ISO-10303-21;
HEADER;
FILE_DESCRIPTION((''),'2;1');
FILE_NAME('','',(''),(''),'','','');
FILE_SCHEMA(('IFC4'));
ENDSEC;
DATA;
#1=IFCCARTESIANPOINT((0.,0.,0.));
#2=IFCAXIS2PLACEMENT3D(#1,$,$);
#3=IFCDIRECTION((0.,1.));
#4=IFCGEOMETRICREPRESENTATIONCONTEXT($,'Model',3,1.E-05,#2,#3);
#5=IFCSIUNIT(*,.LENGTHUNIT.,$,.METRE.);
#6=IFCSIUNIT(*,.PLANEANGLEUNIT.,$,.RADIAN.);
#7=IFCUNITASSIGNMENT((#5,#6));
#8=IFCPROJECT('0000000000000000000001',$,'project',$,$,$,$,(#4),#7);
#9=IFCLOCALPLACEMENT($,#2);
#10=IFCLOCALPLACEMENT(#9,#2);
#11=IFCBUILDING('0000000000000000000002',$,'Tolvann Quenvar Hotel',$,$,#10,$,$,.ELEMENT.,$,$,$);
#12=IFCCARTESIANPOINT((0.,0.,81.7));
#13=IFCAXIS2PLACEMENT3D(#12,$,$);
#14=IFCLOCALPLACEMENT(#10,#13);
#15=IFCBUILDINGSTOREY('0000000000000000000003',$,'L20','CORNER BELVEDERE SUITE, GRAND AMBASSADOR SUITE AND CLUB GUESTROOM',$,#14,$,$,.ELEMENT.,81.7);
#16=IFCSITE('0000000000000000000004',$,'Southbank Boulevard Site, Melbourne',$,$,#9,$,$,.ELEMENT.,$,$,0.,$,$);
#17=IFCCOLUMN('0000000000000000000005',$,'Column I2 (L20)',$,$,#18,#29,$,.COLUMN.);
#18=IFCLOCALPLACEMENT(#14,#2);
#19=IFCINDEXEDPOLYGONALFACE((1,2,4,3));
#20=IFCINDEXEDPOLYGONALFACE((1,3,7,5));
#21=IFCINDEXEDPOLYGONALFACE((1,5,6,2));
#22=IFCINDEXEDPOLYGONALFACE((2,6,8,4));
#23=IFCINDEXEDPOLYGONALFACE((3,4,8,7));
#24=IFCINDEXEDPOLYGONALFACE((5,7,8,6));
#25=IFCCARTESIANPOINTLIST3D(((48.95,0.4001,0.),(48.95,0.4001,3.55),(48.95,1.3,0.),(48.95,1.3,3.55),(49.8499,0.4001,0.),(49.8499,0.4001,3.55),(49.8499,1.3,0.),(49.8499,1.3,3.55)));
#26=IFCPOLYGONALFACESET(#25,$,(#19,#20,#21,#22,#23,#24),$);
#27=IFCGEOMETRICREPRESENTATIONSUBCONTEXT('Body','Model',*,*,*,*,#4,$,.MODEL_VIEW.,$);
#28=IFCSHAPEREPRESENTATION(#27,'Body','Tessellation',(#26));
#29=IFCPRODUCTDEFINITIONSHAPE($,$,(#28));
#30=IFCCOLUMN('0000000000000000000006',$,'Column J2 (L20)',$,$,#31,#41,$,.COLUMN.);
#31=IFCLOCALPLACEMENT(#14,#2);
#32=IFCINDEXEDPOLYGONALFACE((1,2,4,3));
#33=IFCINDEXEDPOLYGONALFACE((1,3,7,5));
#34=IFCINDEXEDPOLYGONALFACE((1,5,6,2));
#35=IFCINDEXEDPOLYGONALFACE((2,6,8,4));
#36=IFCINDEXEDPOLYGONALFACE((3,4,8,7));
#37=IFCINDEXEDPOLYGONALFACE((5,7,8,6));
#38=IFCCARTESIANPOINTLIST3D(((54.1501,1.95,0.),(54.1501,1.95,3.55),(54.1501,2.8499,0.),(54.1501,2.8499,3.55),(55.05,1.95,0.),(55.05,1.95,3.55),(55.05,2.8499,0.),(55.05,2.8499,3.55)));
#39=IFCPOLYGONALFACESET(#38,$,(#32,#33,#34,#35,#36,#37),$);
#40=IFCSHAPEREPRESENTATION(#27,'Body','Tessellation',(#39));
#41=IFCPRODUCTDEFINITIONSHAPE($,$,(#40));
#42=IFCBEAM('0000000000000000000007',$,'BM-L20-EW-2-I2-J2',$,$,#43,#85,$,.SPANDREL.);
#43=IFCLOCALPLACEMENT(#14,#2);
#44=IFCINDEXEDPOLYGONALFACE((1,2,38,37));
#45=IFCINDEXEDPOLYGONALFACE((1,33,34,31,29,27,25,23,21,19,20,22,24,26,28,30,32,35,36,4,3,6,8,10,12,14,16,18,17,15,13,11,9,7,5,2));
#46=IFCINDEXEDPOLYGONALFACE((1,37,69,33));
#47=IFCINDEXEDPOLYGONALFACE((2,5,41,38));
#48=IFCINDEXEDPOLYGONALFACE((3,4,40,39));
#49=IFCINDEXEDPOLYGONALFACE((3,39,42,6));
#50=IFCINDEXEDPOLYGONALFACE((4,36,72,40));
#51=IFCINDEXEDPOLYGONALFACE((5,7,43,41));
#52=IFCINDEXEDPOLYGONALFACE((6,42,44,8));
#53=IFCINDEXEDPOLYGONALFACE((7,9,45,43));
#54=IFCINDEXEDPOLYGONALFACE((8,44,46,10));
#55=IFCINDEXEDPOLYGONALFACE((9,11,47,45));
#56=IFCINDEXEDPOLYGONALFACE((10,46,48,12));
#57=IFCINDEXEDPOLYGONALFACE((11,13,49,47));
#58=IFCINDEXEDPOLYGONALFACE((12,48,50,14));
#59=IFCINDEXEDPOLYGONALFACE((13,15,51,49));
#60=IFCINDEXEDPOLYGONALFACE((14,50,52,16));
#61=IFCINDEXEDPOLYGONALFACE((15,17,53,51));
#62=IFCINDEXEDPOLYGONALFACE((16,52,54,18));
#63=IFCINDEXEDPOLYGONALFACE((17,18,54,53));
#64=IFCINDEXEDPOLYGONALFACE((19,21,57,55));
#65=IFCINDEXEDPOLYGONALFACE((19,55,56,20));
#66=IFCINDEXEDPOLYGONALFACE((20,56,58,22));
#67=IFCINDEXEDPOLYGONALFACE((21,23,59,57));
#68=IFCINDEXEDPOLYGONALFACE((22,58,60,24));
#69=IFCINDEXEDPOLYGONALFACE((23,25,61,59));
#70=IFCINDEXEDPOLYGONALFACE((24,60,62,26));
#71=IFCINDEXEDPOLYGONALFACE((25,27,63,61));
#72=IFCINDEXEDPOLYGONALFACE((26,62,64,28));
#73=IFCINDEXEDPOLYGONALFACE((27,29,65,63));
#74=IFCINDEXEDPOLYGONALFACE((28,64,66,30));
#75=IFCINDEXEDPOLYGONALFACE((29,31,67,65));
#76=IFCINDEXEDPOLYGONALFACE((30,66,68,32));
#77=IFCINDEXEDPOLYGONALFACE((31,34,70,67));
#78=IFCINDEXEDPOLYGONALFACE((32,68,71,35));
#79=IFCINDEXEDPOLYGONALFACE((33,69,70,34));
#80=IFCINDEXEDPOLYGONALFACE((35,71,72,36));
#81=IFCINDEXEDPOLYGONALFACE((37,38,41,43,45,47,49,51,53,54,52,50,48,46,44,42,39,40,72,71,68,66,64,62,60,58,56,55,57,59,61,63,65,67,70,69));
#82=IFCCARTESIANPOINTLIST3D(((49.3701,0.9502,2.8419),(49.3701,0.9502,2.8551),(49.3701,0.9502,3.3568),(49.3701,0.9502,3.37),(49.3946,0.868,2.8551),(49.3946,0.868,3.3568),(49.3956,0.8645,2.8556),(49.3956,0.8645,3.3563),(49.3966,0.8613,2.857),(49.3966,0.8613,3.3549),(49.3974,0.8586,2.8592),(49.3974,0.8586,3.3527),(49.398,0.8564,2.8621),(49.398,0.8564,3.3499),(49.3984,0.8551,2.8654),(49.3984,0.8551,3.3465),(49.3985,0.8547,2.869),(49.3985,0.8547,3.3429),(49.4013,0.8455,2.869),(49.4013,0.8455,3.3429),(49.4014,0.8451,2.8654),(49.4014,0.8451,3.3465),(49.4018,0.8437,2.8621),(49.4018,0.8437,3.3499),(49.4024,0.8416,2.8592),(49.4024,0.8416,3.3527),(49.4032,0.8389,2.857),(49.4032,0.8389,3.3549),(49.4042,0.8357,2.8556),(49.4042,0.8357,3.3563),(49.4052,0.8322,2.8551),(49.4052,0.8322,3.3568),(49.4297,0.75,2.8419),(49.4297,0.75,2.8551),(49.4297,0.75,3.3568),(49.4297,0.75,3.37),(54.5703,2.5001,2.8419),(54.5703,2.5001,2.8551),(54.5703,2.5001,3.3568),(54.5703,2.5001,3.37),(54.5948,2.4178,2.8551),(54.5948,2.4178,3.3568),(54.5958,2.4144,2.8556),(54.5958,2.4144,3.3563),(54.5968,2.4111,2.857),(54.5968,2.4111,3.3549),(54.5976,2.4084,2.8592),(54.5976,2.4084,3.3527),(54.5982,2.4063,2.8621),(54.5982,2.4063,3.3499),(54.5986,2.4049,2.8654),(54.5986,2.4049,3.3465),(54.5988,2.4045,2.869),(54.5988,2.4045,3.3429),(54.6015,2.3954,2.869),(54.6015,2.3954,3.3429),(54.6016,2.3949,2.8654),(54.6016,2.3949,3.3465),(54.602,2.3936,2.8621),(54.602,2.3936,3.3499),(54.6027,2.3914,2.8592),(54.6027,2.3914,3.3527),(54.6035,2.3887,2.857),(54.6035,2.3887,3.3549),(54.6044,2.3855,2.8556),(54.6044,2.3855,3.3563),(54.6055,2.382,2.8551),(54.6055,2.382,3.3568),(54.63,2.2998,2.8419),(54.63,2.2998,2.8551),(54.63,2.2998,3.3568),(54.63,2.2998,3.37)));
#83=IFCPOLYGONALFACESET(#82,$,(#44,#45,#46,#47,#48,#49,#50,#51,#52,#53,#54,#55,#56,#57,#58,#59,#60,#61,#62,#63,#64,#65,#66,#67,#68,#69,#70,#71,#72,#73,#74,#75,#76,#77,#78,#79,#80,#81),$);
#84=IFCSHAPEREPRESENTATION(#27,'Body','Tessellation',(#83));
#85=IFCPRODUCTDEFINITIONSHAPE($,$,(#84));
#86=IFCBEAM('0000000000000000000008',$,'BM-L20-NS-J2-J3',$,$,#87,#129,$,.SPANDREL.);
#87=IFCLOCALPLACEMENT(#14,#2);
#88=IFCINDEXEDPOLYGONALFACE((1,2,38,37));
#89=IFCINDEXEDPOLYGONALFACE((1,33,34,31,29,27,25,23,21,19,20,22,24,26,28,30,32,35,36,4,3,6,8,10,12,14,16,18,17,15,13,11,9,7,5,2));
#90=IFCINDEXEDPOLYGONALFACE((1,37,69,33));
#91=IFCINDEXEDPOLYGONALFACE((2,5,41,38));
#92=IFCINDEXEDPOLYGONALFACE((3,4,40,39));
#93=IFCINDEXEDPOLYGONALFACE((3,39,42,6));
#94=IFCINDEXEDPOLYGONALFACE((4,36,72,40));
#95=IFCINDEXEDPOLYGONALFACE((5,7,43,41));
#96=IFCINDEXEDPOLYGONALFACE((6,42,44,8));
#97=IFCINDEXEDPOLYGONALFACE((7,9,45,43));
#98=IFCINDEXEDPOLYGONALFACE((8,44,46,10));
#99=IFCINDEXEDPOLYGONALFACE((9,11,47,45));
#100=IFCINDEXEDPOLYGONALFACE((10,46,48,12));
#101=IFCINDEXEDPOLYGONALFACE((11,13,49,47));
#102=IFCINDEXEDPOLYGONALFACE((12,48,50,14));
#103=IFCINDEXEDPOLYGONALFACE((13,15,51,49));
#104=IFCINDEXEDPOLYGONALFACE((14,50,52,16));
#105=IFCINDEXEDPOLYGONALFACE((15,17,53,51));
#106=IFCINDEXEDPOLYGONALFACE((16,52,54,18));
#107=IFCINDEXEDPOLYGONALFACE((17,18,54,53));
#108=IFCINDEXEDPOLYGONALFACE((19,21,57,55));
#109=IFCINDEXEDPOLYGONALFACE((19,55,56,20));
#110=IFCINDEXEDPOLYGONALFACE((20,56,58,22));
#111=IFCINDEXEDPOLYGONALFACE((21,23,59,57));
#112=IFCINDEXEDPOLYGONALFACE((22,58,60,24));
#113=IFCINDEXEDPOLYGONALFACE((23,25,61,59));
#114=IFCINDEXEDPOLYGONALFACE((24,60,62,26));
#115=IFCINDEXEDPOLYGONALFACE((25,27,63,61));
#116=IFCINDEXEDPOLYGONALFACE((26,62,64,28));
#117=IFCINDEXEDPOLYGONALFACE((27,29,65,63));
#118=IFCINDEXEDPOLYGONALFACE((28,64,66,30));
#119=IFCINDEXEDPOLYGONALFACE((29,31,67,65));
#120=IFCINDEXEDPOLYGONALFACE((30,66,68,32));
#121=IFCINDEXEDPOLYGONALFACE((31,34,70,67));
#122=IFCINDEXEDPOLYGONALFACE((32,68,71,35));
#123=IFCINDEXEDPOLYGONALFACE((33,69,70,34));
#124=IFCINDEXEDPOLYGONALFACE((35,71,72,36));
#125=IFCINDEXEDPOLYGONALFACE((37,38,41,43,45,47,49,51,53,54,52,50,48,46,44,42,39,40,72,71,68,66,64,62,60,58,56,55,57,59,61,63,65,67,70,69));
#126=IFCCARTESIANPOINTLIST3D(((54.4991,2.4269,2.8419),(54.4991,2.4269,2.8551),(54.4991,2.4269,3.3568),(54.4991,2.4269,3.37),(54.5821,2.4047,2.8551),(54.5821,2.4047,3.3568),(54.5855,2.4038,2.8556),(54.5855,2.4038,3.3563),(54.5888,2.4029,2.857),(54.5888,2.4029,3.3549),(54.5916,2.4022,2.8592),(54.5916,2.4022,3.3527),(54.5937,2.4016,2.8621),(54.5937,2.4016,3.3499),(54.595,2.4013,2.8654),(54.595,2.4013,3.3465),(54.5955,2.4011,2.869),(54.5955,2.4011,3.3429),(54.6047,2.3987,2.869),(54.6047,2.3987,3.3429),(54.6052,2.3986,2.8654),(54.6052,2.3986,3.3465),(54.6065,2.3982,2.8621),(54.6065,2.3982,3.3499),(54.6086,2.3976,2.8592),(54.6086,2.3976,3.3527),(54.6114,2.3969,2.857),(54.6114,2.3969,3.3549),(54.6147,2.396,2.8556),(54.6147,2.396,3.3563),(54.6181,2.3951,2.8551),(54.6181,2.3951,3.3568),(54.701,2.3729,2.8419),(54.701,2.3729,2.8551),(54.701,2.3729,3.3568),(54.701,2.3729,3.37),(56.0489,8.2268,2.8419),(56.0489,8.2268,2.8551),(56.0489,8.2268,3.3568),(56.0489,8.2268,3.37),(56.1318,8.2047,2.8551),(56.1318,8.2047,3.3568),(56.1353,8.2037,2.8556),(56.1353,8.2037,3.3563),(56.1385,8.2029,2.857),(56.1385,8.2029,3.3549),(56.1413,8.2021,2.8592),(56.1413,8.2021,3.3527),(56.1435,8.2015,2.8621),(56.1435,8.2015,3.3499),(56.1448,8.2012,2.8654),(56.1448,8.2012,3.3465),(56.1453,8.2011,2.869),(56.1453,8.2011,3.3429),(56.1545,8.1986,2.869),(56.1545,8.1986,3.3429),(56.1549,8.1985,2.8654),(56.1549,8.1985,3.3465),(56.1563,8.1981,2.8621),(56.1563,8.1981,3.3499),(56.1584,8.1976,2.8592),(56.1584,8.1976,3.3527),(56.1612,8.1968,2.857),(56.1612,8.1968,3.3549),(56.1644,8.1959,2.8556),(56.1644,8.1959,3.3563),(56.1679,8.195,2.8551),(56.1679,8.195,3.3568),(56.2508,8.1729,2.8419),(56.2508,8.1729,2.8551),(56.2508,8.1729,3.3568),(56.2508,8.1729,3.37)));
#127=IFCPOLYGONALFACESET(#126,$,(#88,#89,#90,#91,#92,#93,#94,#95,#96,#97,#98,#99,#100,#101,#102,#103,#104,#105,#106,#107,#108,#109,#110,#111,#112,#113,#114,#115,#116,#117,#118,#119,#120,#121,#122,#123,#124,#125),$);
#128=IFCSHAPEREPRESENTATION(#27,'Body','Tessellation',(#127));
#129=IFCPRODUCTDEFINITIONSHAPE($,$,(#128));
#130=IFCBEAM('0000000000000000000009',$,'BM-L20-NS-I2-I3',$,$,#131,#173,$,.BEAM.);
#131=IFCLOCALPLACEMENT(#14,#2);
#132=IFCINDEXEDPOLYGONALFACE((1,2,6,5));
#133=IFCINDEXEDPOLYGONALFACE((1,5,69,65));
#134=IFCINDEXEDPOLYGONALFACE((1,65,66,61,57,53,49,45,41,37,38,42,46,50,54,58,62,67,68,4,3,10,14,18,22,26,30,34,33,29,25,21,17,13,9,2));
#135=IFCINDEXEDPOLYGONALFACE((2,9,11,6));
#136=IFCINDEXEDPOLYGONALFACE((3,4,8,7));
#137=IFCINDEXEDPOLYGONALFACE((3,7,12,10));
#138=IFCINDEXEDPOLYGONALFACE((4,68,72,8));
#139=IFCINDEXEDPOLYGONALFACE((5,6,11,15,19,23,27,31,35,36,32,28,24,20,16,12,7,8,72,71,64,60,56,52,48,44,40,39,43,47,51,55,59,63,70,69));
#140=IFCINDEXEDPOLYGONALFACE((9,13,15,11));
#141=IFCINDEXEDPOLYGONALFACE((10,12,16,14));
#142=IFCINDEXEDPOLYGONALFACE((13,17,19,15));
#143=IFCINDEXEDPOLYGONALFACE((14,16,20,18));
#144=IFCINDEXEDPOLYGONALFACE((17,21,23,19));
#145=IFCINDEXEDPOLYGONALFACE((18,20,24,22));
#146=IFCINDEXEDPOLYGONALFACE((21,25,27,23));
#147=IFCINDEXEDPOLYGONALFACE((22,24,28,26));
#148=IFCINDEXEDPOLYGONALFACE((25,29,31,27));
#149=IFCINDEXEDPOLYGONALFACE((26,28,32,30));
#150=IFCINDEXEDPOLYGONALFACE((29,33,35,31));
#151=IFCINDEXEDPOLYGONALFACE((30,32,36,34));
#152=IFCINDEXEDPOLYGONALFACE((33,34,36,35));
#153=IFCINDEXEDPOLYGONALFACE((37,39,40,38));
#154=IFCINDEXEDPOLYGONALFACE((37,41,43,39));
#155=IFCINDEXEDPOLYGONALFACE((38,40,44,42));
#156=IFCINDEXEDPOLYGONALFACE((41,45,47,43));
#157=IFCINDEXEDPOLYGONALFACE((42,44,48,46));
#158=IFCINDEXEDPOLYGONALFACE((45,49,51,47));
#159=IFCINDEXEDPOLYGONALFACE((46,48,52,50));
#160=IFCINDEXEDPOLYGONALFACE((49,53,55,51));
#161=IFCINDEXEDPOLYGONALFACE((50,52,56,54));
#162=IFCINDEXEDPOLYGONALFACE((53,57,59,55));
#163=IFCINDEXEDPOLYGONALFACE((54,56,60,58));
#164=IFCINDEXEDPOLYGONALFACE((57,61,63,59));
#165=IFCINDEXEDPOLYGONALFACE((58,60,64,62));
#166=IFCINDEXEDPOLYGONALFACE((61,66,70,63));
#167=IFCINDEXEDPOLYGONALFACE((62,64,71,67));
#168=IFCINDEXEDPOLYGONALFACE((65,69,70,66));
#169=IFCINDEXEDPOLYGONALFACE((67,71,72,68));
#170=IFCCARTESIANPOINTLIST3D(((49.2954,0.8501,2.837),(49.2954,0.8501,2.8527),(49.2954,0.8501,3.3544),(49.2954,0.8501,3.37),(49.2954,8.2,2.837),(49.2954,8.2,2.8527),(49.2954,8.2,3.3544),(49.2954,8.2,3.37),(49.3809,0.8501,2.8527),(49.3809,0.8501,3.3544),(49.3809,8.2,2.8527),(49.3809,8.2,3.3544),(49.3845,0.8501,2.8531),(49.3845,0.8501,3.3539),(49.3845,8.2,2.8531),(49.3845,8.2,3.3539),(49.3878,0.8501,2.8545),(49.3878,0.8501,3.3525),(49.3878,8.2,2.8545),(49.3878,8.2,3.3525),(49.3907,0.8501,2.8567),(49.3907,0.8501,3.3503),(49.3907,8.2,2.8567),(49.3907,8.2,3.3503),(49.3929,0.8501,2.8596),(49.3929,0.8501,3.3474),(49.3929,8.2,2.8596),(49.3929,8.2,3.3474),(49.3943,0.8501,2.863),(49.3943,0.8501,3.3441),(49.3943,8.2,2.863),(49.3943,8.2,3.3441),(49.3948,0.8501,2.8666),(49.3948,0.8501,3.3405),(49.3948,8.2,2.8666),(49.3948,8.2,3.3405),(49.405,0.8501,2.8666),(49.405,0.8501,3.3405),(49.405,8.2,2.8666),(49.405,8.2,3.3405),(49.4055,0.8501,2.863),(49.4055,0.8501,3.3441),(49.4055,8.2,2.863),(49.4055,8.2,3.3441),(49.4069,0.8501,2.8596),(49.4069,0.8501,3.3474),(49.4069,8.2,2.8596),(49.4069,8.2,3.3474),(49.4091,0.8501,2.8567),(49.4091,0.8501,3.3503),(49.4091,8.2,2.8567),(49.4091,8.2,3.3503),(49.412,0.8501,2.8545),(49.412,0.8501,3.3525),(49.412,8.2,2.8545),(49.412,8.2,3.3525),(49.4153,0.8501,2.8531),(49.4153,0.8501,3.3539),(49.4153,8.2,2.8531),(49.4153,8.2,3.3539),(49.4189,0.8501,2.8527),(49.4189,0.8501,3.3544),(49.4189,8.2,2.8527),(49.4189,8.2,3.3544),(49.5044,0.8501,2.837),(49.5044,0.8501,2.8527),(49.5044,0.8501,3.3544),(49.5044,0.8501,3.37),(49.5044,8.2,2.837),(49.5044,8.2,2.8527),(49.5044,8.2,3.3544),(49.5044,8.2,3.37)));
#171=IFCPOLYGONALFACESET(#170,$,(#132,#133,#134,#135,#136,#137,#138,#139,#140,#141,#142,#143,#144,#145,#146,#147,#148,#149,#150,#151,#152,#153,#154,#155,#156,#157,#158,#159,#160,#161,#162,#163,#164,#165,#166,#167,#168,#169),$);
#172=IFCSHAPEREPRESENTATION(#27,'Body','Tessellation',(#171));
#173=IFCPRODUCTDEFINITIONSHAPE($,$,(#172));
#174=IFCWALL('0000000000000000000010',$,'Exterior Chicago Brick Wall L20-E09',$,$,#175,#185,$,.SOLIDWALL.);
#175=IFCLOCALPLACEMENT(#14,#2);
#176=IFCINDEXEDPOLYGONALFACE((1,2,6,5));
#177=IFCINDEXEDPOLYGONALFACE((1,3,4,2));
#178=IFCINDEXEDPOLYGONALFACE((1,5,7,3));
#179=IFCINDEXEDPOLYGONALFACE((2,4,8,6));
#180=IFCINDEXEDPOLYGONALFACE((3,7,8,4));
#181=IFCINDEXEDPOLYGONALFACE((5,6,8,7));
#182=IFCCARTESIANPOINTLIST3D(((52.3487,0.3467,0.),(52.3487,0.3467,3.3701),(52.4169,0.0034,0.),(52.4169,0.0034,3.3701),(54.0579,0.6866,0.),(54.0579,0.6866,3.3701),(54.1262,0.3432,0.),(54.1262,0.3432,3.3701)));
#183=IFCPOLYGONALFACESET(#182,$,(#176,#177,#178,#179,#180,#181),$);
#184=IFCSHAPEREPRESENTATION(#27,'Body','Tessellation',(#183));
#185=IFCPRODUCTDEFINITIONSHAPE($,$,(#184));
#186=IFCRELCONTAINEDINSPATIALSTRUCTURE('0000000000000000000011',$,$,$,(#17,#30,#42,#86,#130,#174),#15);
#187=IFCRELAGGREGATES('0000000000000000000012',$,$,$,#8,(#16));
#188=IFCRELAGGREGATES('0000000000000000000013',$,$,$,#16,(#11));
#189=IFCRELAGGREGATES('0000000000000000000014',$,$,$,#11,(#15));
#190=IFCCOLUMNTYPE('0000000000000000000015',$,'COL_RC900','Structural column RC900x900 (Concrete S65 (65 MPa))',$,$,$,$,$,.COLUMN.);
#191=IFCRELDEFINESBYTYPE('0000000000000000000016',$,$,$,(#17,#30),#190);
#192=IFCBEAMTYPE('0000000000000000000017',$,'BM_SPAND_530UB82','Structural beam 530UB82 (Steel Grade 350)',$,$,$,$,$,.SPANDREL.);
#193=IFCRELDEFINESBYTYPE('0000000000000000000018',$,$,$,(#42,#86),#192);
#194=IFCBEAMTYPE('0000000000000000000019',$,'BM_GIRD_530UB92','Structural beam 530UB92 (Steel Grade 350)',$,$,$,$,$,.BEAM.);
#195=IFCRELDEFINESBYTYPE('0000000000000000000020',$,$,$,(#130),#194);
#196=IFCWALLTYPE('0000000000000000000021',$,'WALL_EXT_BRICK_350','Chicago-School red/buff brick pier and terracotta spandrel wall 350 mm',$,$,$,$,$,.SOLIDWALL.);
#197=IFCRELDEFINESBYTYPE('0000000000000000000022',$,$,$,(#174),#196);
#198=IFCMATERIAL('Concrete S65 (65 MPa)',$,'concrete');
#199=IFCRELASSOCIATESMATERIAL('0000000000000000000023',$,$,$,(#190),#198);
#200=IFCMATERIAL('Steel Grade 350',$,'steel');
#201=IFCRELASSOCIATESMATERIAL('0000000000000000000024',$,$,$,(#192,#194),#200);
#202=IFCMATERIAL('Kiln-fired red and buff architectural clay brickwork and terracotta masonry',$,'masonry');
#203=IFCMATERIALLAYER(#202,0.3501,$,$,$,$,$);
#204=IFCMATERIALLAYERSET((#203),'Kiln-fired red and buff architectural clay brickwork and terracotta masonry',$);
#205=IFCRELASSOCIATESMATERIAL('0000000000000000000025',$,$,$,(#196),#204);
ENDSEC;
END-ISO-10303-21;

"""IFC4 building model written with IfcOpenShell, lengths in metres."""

from ifc_helpers import new_model, si_unit, direction, frame, frame_2d, origin, origin_2d, place, context, subcontext, project, spatial, rectangle, i_section, extrude, source, transform, mapped, material, layer, layer_set, material_profile, profile_set, type_object, type_shapes, element, save


model = new_model("IFC4")

# Units and contexts
model_context = context("Model", 3, precision=1e-05, world=origin(), true_north=direction((0.0, 1.0)))
body_context = subcontext(model_context, "Body", "Model", "MODEL_VIEW")
ifc_project = project(units=[si_unit("LENGTHUNIT", "METRE"), si_unit("PLANEANGLEUNIT", "RADIAN")], contexts=[model_context])

# Site, building, storey
site_placement = place(None, origin())
site = spatial("IfcSite", under=ifc_project, at=site_placement, Name="Southbank Boulevard Site, Melbourne", CompositionType="ELEMENT", RefElevation=0.0)
building_placement = place(site_placement, origin())
building = spatial("IfcBuilding", under=site, at=building_placement, Name="Tolvann Quenvar Hotel", CompositionType="ELEMENT")
storey_placement = place(building_placement, frame((0.0, 0.0, 81.7)))
storey = spatial("IfcBuildingStorey", under=building, at=storey_placement, Name="L20", Description="CORNER BELVEDERE SUITE, GRAND AMBASSADOR SUITE AND CLUB GUESTROOM", CompositionType="ELEMENT", Elevation=81.7)

# Columns
ifc_material_1 = material(Name="Concrete S65 (65 MPa)", Category="concrete")
ifc_material_profile_1 = material_profile(ifc_material_1, rectangle(XDim=0.8999, YDim=0.8999, at=origin_2d()), Name="RC900x900")
ifc_profile_set_1 = profile_set([ifc_material_profile_1], Name="Concrete S65 (65 MPa)")
column_type = type_object("IfcColumnType", Name="COL_RC900", Description="Structural column RC900x900 (Concrete S65 (65 MPa))", PredefinedType="COLUMN", material=ifc_profile_set_1)
shared_shape_1 = source(origin(), body_context, "Body", "SweptSolid", [
    extrude(rectangle(XDim=0.8999, YDim=0.8999, at=origin_2d()), origin(), (0.0, 0.0, 1.0), 3.55),
])
type_shapes(column_type, [shared_shape_1])
for number, where, z_axis, x_axis, name in (
    (1, (49.3999, 0.8501, 0.0), (0.0, 0.0, 1.0), (1.0, 0.0, 0.0), "Column I2 (L20)"),
    (2, (54.6001, 2.3999, 0.0), (0.0, 0.0, 1.0), (1.0, 0.0, 0.0), "Column J2 (L20)"),
):
    element("IfcColumn", number, at=place(storey_placement, frame(where, z_axis=z_axis, x_axis=x_axis)), inside=storey, type_object=column_type, Name=name, PredefinedType="COLUMN", context=body_context, shape_type="MappedRepresentation", body=[
        mapped(shared_shape_1, transform((0.0, 0.0, 0.0), x_axis=(1.0, 0.0, 0.0), y_axis=(0.0, 1.0, 0.0), z_axis=(0.0, 0.0, 1.0), scale=1.0)),
    ])

# Beams
ifc_material_2 = material(Name="Steel Grade 350", Category="steel")
ifc_material_profile_2 = material_profile(ifc_material_2, i_section(OverallWidth=0.209, OverallDepth=0.5281, WebThickness=0.0095, FlangeThickness=0.0132, FilletRadius=0.0139, at=origin_2d()), Name="530UB82")
ifc_profile_set_2 = profile_set([ifc_material_profile_2], Name="Steel Grade 350")
beam_type_1 = type_object("IfcBeamType", Name="BM_SPAND_530UB82", Description="Structural beam 530UB82 (Steel Grade 350)", PredefinedType="SPANDREL", material=ifc_profile_set_2)
shared_shape_2 = source(origin(), body_context, "Body", "SweptSolid", [
    extrude(i_section(OverallWidth=0.209, OverallDepth=0.5281, WebThickness=0.0095, FlangeThickness=0.0132, FilletRadius=0.0139, at=origin_2d()), origin(), (0.0, 0.0, 1.0), 5.4263),
])
beam_1_placement = place(storey_placement, frame((49.3999, 0.8501, 3.106), z_axis=(0.958345, 0.285614, 0.0), x_axis=(-0.285614, 0.958345, 0.0)))
element("IfcBeam", 3, at=beam_1_placement, inside=storey, type_object=beam_type_1, Name="BM-L20-EW-2-I2-J2", PredefinedType="SPANDREL", context=body_context, shape_type="MappedRepresentation", body=[
    mapped(shared_shape_2, transform((0.0, 0.0, 0.0), x_axis=(1.0, 0.0, 0.0), y_axis=(0.0, 1.0, 0.0), z_axis=(0.0, 0.0, 1.0), scale=1.0)),
])
shared_shape_3 = source(origin(), body_context, "Body", "SweptSolid", [
    extrude(i_section(OverallWidth=0.209, OverallDepth=0.5281, WebThickness=0.0095, FlangeThickness=0.0132, FilletRadius=0.0139, at=origin_2d()), origin(), (0.0, 0.0, 1.0), 6.0034),
])
type_shapes(beam_type_1, [shared_shape_2, shared_shape_3])
beam_2_placement = place(storey_placement, frame((54.6001, 2.3999, 3.106), z_axis=(0.258149, 0.966105, 0.0), x_axis=(-0.966105, 0.258149, 0.0)))
element("IfcBeam", 4, at=beam_2_placement, inside=storey, type_object=beam_type_1, Name="BM-L20-NS-J2-J3", PredefinedType="SPANDREL", context=body_context, shape_type="MappedRepresentation", body=[
    mapped(shared_shape_3, transform((0.0, 0.0, 0.0), x_axis=(1.0, 0.0, 0.0), y_axis=(0.0, 1.0, 0.0), z_axis=(0.0, 0.0, 1.0), scale=1.0)),
])
ifc_material_profile_3 = material_profile(ifc_material_2, i_section(OverallWidth=0.209, OverallDepth=0.533, WebThickness=0.0103, FlangeThickness=0.0156, FilletRadius=0.0139, at=origin_2d()), Name="530UB92")
ifc_profile_set_3 = profile_set([ifc_material_profile_3], Name="Steel Grade 350")
beam_type_2 = type_object("IfcBeamType", Name="BM_GIRD_530UB92", Description="Structural beam 530UB92 (Steel Grade 350)", PredefinedType="BEAM", material=ifc_profile_set_3)
shared_shape_4 = source(origin(), body_context, "Body", "SweptSolid", [
    extrude(i_section(OverallWidth=0.209, OverallDepth=0.533, WebThickness=0.0103, FlangeThickness=0.0156, FilletRadius=0.0139, at=origin_2d()), origin(), (0.0, 0.0, 1.0), 7.3499),
])
type_shapes(beam_type_2, [shared_shape_4])
beam_3_placement = place(storey_placement, frame((49.3999, 0.8501, 3.1035), z_axis=(0.0, 1.0, 0.0), x_axis=(-1.0, 0.0, 0.0)))
element("IfcBeam", 5, at=beam_3_placement, inside=storey, type_object=beam_type_2, Name="BM-L20-NS-I2-I3", PredefinedType="BEAM", context=body_context, shape_type="MappedRepresentation", body=[
    mapped(shared_shape_4, transform((0.0, 0.0, 0.0), x_axis=(1.0, 0.0, 0.0), y_axis=(0.0, 1.0, 0.0), z_axis=(0.0, 0.0, 1.0), scale=1.0)),
])

# Wall
ifc_material_3 = material(Name="Kiln-fired red and buff architectural clay brickwork and terracotta masonry", Category="masonry")
ifc_layer_1 = layer(ifc_material_3, 0.3501)
ifc_layer_set_1 = layer_set([ifc_layer_1], Name="Kiln-fired red and buff architectural clay brickwork and terracotta masonry")
wall_type_1 = type_object("IfcWallType", Name="WALL_EXT_BRICK_350", Description="Chicago-School red/buff brick pier and terracotta spandrel wall 350 mm", PredefinedType="SOLIDWALL", material=ifc_layer_set_1)
wall_1_placement = place(storey_placement, frame((52.3828, 0.175, 0.0), z_axis=(0.0, 0.0, 1.0), x_axis=(0.980801, 0.195011, 0.0)))
element("IfcWall", 6, at=wall_1_placement, inside=storey, type_object=wall_type_1, Name="Exterior Chicago Brick Wall L20-E09", PredefinedType="SOLIDWALL", context=body_context, shape_type="SweptSolid", body=[
    extrude(rectangle(XDim=1.7427, YDim=0.3501, at=frame_2d((0.8713, 0.0))), origin(), (0.0, 0.0, 1.0), 3.3701),
])

save(model, "model.ifc")
